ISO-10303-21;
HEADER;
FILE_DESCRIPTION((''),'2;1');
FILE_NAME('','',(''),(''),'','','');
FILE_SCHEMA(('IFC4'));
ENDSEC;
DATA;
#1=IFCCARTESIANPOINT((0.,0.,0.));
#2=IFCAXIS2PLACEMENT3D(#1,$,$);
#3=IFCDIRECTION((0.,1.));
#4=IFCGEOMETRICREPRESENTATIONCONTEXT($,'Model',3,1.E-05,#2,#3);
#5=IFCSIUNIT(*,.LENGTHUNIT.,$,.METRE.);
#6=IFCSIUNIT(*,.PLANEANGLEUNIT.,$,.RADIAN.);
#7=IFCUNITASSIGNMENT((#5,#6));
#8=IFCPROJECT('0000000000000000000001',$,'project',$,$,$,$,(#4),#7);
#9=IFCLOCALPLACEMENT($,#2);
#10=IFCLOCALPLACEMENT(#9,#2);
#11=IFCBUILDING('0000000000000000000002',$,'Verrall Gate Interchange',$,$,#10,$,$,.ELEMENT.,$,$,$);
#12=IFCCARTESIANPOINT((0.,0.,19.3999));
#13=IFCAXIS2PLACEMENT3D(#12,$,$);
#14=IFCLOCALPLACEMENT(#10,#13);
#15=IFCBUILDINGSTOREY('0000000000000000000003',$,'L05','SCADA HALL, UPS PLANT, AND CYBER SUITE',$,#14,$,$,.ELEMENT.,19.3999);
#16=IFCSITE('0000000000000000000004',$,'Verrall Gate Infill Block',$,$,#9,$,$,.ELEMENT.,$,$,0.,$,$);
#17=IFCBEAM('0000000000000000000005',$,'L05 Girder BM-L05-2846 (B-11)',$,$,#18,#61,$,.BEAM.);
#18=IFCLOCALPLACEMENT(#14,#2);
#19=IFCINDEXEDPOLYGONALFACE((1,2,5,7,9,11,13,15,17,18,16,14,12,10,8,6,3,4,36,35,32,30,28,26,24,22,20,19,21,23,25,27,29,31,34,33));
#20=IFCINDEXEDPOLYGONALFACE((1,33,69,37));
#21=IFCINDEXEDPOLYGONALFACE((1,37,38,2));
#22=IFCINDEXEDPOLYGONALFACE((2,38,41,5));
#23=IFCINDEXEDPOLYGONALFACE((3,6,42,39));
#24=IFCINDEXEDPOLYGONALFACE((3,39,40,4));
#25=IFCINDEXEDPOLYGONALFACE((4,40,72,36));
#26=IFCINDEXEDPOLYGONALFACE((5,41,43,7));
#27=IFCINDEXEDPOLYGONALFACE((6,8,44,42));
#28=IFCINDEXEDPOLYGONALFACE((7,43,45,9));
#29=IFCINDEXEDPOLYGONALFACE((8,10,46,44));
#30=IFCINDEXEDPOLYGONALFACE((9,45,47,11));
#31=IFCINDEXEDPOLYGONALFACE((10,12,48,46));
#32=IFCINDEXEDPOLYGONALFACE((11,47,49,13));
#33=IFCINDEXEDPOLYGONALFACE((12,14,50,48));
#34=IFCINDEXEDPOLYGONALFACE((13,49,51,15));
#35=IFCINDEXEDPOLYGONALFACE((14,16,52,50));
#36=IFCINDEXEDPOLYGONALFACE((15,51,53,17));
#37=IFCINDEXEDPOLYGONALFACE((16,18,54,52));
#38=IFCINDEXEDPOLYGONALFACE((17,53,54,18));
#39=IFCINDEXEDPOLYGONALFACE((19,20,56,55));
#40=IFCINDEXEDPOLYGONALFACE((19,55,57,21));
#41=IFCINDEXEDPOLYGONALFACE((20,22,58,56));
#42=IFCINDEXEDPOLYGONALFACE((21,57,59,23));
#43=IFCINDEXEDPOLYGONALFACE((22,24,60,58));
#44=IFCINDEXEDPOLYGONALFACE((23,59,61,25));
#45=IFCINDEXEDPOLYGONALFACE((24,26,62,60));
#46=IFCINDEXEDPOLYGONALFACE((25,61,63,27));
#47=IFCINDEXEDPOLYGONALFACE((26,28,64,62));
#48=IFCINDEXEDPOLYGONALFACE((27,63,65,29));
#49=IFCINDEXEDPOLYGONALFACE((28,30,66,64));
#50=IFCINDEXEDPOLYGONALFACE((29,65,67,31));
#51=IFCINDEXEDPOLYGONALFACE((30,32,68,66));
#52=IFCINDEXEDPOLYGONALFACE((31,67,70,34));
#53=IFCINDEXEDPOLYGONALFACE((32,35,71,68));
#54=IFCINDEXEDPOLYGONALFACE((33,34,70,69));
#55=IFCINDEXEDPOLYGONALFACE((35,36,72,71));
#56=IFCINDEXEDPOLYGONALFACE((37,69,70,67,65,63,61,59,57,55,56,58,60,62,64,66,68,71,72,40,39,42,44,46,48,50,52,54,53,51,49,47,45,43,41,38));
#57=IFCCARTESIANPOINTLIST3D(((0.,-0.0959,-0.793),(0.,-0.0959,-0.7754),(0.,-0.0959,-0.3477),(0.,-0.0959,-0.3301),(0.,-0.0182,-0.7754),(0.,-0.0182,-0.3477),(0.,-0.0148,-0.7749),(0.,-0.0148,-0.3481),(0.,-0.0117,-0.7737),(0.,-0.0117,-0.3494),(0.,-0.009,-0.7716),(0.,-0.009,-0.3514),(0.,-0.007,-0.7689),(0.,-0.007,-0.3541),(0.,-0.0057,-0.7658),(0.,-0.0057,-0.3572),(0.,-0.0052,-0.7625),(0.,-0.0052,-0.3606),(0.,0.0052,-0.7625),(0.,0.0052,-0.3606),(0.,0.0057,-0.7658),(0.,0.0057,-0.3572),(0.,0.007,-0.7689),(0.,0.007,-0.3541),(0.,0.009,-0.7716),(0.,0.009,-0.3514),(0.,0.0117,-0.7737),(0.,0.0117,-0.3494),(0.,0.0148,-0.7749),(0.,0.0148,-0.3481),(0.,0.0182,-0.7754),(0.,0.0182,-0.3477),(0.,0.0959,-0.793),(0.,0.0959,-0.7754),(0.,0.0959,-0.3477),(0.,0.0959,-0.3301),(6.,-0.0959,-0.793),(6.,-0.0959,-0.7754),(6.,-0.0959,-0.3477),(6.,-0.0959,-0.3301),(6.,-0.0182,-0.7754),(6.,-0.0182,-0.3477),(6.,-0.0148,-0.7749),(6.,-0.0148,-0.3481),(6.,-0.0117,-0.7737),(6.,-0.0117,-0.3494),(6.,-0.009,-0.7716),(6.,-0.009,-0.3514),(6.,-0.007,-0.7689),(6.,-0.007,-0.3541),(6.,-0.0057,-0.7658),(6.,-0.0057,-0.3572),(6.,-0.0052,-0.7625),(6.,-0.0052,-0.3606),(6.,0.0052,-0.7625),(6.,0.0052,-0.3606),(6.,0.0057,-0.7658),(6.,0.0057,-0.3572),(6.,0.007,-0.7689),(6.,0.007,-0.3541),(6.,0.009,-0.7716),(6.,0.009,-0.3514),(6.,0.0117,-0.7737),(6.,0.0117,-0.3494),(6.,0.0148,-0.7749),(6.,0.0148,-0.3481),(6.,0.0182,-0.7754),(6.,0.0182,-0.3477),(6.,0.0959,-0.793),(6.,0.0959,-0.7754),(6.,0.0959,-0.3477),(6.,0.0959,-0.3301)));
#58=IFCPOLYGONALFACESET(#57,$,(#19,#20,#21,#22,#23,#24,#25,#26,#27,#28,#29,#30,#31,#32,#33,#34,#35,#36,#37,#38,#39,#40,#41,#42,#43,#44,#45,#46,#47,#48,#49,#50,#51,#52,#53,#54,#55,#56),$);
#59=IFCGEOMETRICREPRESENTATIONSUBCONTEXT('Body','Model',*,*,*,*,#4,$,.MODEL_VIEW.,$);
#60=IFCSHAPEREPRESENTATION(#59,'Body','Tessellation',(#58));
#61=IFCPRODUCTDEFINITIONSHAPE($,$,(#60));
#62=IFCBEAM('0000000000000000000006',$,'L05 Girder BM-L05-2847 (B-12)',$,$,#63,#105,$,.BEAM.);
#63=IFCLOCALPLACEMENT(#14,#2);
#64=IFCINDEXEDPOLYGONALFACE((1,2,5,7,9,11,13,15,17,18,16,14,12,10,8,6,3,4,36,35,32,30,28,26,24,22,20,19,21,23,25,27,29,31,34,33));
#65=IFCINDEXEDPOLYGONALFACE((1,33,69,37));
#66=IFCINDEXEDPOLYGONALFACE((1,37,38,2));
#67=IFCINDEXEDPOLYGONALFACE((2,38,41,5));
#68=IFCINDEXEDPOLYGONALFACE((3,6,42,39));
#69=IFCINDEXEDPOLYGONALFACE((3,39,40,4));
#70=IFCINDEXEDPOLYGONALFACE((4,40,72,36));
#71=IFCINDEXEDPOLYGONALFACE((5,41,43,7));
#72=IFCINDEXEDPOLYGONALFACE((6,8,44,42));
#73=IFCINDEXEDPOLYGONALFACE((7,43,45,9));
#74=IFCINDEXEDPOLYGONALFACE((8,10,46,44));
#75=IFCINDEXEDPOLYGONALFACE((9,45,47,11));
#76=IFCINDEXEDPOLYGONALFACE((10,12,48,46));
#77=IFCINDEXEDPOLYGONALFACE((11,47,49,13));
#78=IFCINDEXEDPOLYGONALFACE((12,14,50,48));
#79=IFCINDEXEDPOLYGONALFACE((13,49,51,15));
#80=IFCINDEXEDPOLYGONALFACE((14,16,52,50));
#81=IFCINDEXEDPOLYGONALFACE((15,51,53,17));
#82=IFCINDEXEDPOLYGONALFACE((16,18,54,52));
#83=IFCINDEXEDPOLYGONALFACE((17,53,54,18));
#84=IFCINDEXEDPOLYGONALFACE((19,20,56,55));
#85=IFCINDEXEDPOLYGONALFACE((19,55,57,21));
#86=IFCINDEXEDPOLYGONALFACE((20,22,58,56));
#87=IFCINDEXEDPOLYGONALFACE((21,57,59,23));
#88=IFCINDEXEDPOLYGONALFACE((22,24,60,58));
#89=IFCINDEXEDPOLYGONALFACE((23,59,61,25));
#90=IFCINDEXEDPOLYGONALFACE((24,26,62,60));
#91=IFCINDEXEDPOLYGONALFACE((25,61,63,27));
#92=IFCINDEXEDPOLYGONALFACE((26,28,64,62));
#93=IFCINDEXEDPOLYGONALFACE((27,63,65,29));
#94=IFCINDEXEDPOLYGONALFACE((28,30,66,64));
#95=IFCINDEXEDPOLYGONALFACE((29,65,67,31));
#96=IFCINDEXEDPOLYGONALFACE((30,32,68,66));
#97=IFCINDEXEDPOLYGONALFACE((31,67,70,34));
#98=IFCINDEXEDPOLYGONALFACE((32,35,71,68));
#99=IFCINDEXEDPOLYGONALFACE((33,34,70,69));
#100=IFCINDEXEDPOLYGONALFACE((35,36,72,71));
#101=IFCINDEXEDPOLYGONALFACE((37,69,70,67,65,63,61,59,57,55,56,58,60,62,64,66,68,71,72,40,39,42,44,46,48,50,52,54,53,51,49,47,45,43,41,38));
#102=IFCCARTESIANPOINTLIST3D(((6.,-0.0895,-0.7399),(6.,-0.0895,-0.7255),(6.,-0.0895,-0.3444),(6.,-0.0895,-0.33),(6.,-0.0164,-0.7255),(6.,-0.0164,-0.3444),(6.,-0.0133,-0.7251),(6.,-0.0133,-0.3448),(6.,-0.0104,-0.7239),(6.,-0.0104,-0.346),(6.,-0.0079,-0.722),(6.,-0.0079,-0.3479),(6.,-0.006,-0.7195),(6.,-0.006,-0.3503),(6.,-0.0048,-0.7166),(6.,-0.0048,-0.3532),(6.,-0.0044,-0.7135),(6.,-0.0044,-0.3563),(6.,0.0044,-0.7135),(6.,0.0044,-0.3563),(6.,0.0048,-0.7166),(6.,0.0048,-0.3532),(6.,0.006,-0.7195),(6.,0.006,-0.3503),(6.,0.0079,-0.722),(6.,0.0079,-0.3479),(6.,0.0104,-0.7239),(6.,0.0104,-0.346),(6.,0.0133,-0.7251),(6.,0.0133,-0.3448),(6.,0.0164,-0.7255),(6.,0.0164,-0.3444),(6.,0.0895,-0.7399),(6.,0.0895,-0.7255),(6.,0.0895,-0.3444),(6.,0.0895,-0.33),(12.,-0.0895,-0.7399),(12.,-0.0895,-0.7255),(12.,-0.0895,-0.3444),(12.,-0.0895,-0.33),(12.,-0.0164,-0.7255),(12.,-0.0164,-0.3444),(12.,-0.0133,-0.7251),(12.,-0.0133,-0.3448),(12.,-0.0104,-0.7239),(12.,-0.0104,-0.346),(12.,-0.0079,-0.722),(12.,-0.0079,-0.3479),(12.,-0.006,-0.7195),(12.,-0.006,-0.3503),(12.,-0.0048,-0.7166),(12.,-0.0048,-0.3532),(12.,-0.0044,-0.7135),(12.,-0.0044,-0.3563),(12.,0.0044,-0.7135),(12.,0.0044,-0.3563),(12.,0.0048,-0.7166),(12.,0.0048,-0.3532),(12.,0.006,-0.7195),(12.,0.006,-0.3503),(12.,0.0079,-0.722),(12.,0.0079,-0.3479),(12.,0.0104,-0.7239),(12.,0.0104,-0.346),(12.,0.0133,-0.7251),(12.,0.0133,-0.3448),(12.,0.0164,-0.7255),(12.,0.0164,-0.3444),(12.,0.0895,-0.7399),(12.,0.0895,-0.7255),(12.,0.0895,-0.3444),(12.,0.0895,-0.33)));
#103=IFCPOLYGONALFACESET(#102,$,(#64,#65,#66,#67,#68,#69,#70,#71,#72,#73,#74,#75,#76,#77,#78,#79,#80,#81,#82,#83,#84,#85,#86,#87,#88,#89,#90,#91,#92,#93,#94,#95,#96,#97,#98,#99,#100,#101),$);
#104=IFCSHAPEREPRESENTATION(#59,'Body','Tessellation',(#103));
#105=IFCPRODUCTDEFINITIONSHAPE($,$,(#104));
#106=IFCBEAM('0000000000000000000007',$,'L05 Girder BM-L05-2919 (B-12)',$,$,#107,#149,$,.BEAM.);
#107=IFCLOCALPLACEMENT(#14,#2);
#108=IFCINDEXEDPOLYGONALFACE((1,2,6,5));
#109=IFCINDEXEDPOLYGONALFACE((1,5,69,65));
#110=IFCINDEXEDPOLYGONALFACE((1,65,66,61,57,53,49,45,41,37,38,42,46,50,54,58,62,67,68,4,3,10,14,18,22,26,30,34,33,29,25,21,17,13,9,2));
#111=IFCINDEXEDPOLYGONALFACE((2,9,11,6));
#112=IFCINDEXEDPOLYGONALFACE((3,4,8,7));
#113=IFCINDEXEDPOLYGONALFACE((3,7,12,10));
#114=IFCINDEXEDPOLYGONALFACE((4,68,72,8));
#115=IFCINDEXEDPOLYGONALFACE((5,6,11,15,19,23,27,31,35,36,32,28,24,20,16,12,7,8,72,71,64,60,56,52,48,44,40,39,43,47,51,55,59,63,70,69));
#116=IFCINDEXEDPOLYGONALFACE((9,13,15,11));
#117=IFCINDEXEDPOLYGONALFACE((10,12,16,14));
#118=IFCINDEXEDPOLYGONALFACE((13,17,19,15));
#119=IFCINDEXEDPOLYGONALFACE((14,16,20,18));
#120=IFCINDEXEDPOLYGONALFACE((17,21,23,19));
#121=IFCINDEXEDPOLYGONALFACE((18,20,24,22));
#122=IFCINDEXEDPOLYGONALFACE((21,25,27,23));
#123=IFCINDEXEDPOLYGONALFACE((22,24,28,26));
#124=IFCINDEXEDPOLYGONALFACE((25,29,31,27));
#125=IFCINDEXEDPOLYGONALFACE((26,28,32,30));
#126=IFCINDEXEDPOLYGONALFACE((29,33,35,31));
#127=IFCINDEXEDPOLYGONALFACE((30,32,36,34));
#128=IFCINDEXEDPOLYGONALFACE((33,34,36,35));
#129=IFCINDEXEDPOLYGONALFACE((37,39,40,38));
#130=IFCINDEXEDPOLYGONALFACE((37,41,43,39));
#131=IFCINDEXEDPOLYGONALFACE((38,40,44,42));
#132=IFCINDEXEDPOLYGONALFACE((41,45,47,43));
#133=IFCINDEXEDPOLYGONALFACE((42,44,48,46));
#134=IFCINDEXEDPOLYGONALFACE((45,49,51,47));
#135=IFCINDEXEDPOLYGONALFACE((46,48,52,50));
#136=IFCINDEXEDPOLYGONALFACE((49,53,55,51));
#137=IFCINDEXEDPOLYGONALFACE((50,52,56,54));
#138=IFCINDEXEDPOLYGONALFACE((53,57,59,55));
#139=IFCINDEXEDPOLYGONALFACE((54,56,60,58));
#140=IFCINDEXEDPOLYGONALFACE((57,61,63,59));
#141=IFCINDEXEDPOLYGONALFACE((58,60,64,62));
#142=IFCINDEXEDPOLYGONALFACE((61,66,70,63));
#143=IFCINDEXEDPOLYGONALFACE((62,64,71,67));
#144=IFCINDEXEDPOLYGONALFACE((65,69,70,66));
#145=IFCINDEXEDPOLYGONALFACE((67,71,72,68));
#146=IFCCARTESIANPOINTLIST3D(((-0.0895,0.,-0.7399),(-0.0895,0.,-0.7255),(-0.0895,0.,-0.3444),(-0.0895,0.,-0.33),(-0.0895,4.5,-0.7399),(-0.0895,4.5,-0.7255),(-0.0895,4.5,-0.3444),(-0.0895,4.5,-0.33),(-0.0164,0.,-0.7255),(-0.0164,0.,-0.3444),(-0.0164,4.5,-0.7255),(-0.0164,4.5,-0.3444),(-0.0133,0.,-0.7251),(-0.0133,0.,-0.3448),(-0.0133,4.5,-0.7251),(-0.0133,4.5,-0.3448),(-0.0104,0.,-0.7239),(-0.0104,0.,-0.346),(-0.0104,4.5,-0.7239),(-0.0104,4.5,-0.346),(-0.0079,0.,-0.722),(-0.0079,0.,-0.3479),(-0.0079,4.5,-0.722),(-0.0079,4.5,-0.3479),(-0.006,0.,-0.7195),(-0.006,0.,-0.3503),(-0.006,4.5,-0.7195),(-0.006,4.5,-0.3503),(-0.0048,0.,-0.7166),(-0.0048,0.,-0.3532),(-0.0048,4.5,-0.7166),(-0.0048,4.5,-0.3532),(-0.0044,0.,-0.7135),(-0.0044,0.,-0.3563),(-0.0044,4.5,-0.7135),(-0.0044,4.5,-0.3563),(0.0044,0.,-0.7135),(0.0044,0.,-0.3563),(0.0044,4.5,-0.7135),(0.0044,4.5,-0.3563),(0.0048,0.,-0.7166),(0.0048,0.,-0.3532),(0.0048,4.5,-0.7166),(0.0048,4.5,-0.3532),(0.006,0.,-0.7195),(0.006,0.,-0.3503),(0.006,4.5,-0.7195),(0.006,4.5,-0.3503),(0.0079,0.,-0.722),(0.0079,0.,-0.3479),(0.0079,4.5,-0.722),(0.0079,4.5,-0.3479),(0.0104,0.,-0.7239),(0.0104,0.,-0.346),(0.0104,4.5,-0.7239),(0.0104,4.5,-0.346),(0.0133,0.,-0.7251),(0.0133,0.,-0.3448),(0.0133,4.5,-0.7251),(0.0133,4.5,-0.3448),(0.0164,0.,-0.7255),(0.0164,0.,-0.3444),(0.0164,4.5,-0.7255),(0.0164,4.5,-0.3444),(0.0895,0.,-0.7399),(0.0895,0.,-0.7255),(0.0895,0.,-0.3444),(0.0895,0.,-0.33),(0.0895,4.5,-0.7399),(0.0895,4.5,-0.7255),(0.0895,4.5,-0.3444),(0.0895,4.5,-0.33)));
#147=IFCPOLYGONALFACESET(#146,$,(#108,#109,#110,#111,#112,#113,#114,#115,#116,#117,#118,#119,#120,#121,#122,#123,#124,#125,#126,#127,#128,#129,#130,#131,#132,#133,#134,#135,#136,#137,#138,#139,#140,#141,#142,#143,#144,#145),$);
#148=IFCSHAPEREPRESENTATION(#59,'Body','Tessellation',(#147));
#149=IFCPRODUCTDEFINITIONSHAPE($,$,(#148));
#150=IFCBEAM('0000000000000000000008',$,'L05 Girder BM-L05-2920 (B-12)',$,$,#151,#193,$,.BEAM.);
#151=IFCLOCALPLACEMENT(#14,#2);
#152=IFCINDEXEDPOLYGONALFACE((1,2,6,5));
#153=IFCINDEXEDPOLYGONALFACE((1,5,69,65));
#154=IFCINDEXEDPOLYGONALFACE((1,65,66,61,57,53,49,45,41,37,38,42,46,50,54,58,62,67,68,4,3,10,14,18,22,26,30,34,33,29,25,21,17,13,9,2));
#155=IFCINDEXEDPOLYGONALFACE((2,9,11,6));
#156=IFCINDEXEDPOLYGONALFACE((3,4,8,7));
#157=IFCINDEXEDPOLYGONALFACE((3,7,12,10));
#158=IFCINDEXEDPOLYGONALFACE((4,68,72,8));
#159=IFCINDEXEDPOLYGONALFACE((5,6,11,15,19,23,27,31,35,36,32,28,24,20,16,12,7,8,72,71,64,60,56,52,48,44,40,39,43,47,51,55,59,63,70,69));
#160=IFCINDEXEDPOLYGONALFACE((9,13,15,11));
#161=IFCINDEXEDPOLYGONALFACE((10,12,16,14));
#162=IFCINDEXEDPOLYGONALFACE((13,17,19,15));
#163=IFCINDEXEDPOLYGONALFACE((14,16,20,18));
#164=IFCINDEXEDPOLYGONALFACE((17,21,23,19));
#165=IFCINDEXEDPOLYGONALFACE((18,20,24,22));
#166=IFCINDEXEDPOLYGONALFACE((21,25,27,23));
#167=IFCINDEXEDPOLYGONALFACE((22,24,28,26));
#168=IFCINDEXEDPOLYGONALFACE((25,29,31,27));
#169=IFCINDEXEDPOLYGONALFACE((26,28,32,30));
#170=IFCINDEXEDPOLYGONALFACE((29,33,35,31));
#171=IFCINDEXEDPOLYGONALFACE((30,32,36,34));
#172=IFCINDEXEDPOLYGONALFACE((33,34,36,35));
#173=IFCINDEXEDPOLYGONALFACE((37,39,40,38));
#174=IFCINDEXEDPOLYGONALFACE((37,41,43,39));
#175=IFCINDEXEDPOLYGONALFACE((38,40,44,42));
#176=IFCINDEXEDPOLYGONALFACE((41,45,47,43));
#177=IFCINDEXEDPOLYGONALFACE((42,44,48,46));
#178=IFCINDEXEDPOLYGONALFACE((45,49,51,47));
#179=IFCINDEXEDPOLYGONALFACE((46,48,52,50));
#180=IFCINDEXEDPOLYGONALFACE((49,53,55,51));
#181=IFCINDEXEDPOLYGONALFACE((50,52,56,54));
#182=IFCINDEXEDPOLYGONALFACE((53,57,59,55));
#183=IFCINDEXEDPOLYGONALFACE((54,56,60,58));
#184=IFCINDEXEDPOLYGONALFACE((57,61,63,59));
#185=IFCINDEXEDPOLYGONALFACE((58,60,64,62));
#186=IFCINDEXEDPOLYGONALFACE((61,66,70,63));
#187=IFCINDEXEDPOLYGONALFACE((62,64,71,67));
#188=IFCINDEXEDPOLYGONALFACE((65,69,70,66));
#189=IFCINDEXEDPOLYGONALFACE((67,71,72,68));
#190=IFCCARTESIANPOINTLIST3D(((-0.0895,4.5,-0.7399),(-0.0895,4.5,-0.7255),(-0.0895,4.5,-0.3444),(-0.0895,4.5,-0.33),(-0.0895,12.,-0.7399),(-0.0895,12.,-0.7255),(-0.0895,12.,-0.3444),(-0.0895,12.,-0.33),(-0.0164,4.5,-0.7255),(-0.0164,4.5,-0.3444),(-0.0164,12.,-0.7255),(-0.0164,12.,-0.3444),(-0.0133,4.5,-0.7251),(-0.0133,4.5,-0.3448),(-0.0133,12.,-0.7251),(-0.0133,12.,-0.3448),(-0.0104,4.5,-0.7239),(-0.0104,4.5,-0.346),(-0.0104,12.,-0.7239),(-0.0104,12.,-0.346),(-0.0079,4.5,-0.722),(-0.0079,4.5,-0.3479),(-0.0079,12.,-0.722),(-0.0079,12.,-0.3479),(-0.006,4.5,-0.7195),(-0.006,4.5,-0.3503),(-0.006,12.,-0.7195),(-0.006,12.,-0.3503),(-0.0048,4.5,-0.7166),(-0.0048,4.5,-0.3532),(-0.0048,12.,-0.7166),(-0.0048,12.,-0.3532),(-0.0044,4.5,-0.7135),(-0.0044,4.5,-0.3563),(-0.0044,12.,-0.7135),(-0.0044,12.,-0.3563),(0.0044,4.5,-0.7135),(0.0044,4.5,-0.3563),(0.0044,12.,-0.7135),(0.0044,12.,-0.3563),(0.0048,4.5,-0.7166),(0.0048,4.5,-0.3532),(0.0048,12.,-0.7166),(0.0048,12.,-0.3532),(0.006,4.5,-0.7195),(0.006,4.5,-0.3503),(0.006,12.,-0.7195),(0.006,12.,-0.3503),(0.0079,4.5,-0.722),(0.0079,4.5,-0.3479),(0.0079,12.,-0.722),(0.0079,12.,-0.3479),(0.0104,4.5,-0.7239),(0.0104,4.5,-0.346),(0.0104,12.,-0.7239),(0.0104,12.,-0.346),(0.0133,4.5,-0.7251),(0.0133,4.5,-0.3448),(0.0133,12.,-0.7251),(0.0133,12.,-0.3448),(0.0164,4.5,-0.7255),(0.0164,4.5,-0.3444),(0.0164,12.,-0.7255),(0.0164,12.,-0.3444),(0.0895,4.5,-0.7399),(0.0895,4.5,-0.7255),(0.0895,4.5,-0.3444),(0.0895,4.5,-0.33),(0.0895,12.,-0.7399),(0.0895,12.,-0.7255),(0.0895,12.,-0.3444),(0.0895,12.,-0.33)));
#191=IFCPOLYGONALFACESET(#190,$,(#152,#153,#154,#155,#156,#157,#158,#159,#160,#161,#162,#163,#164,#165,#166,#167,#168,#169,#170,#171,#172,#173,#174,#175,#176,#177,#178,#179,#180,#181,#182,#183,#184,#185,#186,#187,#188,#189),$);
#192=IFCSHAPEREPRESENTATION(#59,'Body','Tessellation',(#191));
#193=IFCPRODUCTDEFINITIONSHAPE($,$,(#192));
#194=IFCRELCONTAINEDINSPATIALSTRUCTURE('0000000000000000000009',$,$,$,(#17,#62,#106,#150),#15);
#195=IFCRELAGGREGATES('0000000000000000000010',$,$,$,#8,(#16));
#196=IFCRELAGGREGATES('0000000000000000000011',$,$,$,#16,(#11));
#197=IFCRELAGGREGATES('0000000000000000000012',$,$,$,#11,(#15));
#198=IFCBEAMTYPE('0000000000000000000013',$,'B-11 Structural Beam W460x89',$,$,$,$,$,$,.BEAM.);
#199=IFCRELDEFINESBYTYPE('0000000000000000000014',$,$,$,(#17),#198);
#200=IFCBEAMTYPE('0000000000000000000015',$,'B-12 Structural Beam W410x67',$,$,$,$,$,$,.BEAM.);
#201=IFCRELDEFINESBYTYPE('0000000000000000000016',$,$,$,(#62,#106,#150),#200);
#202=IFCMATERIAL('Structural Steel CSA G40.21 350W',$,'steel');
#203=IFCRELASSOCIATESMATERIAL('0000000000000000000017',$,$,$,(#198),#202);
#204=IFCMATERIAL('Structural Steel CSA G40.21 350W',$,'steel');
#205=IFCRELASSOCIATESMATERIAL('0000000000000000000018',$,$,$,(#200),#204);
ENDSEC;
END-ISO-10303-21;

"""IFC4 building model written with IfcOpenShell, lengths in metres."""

from ifc_helpers import new_model, si_unit, direction, frame, origin, origin_2d, place, context, subcontext, project, spatial, i_section, extrude, material, material_profile, profile_set, type_object, element, save


model = new_model("IFC4")

# Units and contexts
model_context = context("Model", 3, precision=1e-05, world=origin(), true_north=direction((0.0, 1.0)))
body_context = subcontext(model_context, "Body", "Model", "MODEL_VIEW")
ifc_project = project(units=[si_unit("LENGTHUNIT", "METRE"), si_unit("PLANEANGLEUNIT", "RADIAN")], contexts=[model_context])

# Site, building, storey
site_placement = place(None, origin())
site = spatial("IfcSite", under=ifc_project, at=site_placement, Name="Verrall Gate Infill Block", CompositionType="ELEMENT", RefElevation=0.0)
building_placement = place(site_placement, origin())
building = spatial("IfcBuilding", under=site, at=building_placement, Name="Verrall Gate Interchange", CompositionType="ELEMENT")
storey_placement = place(building_placement, frame((0.0, 0.0, 19.3999)))
storey = spatial("IfcBuildingStorey", under=building, at=storey_placement, Name="L05", Description="SCADA HALL, UPS PLANT, AND CYBER SUITE", CompositionType="ELEMENT", Elevation=19.3999)

# Beams
ifc_material_1 = material(Name="Structural Steel CSA G40.21 350W", Category="steel")
ifc_material_profile_1 = material_profile(ifc_material_1, i_section(OverallWidth=0.1919, OverallDepth=0.4629, WebThickness=0.0105, FlangeThickness=0.0176, FilletRadius=0.0129, at=origin_2d()), Name="W460x89")
ifc_profile_set_1 = profile_set([ifc_material_profile_1], Name="Structural Steel CSA G40.21 350W")
beam_type_1 = type_object("IfcBeamType", Name="B-11 Structural Beam W460x89", PredefinedType="BEAM", material=ifc_profile_set_1)
beam_1_placement = place(storey_placement, frame((0.0, 0.0, -0.5615), z_axis=(1.0, 0.0, 0.0), x_axis=(0.0, 1.0, 0.0)))
element("IfcBeam", 1, at=beam_1_placement, inside=storey, type_object=beam_type_1, Name="L05 Girder BM-L05-2846 (B-11)", PredefinedType="BEAM", context=body_context, shape_type="SweptSolid", body=[
    extrude(i_section(OverallWidth=0.1919, OverallDepth=0.4629, WebThickness=0.0105, FlangeThickness=0.0176, FilletRadius=0.0129, at=origin_2d()), origin(), (0.0, 0.0, 1.0), 6.0),
])
ifc_material_2 = material(Name="Structural Steel CSA G40.21 350W", Category="steel")
ifc_material_profile_2 = material_profile(ifc_material_2, i_section(OverallWidth=0.179, OverallDepth=0.4099, WebThickness=0.0088, FlangeThickness=0.0144, FilletRadius=0.012, at=origin_2d()), Name="W410x67")
ifc_profile_set_2 = profile_set([ifc_material_profile_2], Name="Structural Steel CSA G40.21 350W")
beam_type_2 = type_object("IfcBeamType", Name="B-12 Structural Beam W410x67", PredefinedType="BEAM", material=ifc_profile_set_2)
beam_2_placement = place(storey_placement, frame((6.0, 0.0, -0.5349), z_axis=(1.0, 0.0, 0.0), x_axis=(0.0, 1.0, 0.0)))
element("IfcBeam", 2, at=beam_2_placement, inside=storey, type_object=beam_type_2, Name="L05 Girder BM-L05-2847 (B-12)", PredefinedType="BEAM", context=body_context, shape_type="SweptSolid", body=[
    extrude(i_section(OverallWidth=0.179, OverallDepth=0.4099, WebThickness=0.0088, FlangeThickness=0.0144, FilletRadius=0.012, at=origin_2d()), origin(), (0.0, 0.0, 1.0), 6.0),
])
beam_3_placement = place(storey_placement, frame((0.0, 0.0, -0.5349), z_axis=(0.0, 1.0, 0.0), x_axis=(-1.0, 0.0, 0.0)))
element("IfcBeam", 3, at=beam_3_placement, inside=storey, type_object=beam_type_2, Name="L05 Girder BM-L05-2919 (B-12)", PredefinedType="BEAM", context=body_context, shape_type="SweptSolid", body=[
    extrude(i_section(OverallWidth=0.179, OverallDepth=0.4099, WebThickness=0.0088, FlangeThickness=0.0144, FilletRadius=0.012, at=origin_2d()), origin(), (0.0, 0.0, 1.0), 4.5),
])
beam_4_placement = place(storey_placement, frame((0.0, 4.5, -0.5349), z_axis=(0.0, 1.0, 0.0), x_axis=(-1.0, 0.0, 0.0)))
element("IfcBeam", 4, at=beam_4_placement, inside=storey, type_object=beam_type_2, Name="L05 Girder BM-L05-2920 (B-12)", PredefinedType="BEAM", context=body_context, shape_type="SweptSolid", body=[
    extrude(i_section(OverallWidth=0.179, OverallDepth=0.4099, WebThickness=0.0088, FlangeThickness=0.0144, FilletRadius=0.012, at=origin_2d()), origin(), (0.0, 0.0, 1.0), 7.5),
])

save(model, "model.ifc")
